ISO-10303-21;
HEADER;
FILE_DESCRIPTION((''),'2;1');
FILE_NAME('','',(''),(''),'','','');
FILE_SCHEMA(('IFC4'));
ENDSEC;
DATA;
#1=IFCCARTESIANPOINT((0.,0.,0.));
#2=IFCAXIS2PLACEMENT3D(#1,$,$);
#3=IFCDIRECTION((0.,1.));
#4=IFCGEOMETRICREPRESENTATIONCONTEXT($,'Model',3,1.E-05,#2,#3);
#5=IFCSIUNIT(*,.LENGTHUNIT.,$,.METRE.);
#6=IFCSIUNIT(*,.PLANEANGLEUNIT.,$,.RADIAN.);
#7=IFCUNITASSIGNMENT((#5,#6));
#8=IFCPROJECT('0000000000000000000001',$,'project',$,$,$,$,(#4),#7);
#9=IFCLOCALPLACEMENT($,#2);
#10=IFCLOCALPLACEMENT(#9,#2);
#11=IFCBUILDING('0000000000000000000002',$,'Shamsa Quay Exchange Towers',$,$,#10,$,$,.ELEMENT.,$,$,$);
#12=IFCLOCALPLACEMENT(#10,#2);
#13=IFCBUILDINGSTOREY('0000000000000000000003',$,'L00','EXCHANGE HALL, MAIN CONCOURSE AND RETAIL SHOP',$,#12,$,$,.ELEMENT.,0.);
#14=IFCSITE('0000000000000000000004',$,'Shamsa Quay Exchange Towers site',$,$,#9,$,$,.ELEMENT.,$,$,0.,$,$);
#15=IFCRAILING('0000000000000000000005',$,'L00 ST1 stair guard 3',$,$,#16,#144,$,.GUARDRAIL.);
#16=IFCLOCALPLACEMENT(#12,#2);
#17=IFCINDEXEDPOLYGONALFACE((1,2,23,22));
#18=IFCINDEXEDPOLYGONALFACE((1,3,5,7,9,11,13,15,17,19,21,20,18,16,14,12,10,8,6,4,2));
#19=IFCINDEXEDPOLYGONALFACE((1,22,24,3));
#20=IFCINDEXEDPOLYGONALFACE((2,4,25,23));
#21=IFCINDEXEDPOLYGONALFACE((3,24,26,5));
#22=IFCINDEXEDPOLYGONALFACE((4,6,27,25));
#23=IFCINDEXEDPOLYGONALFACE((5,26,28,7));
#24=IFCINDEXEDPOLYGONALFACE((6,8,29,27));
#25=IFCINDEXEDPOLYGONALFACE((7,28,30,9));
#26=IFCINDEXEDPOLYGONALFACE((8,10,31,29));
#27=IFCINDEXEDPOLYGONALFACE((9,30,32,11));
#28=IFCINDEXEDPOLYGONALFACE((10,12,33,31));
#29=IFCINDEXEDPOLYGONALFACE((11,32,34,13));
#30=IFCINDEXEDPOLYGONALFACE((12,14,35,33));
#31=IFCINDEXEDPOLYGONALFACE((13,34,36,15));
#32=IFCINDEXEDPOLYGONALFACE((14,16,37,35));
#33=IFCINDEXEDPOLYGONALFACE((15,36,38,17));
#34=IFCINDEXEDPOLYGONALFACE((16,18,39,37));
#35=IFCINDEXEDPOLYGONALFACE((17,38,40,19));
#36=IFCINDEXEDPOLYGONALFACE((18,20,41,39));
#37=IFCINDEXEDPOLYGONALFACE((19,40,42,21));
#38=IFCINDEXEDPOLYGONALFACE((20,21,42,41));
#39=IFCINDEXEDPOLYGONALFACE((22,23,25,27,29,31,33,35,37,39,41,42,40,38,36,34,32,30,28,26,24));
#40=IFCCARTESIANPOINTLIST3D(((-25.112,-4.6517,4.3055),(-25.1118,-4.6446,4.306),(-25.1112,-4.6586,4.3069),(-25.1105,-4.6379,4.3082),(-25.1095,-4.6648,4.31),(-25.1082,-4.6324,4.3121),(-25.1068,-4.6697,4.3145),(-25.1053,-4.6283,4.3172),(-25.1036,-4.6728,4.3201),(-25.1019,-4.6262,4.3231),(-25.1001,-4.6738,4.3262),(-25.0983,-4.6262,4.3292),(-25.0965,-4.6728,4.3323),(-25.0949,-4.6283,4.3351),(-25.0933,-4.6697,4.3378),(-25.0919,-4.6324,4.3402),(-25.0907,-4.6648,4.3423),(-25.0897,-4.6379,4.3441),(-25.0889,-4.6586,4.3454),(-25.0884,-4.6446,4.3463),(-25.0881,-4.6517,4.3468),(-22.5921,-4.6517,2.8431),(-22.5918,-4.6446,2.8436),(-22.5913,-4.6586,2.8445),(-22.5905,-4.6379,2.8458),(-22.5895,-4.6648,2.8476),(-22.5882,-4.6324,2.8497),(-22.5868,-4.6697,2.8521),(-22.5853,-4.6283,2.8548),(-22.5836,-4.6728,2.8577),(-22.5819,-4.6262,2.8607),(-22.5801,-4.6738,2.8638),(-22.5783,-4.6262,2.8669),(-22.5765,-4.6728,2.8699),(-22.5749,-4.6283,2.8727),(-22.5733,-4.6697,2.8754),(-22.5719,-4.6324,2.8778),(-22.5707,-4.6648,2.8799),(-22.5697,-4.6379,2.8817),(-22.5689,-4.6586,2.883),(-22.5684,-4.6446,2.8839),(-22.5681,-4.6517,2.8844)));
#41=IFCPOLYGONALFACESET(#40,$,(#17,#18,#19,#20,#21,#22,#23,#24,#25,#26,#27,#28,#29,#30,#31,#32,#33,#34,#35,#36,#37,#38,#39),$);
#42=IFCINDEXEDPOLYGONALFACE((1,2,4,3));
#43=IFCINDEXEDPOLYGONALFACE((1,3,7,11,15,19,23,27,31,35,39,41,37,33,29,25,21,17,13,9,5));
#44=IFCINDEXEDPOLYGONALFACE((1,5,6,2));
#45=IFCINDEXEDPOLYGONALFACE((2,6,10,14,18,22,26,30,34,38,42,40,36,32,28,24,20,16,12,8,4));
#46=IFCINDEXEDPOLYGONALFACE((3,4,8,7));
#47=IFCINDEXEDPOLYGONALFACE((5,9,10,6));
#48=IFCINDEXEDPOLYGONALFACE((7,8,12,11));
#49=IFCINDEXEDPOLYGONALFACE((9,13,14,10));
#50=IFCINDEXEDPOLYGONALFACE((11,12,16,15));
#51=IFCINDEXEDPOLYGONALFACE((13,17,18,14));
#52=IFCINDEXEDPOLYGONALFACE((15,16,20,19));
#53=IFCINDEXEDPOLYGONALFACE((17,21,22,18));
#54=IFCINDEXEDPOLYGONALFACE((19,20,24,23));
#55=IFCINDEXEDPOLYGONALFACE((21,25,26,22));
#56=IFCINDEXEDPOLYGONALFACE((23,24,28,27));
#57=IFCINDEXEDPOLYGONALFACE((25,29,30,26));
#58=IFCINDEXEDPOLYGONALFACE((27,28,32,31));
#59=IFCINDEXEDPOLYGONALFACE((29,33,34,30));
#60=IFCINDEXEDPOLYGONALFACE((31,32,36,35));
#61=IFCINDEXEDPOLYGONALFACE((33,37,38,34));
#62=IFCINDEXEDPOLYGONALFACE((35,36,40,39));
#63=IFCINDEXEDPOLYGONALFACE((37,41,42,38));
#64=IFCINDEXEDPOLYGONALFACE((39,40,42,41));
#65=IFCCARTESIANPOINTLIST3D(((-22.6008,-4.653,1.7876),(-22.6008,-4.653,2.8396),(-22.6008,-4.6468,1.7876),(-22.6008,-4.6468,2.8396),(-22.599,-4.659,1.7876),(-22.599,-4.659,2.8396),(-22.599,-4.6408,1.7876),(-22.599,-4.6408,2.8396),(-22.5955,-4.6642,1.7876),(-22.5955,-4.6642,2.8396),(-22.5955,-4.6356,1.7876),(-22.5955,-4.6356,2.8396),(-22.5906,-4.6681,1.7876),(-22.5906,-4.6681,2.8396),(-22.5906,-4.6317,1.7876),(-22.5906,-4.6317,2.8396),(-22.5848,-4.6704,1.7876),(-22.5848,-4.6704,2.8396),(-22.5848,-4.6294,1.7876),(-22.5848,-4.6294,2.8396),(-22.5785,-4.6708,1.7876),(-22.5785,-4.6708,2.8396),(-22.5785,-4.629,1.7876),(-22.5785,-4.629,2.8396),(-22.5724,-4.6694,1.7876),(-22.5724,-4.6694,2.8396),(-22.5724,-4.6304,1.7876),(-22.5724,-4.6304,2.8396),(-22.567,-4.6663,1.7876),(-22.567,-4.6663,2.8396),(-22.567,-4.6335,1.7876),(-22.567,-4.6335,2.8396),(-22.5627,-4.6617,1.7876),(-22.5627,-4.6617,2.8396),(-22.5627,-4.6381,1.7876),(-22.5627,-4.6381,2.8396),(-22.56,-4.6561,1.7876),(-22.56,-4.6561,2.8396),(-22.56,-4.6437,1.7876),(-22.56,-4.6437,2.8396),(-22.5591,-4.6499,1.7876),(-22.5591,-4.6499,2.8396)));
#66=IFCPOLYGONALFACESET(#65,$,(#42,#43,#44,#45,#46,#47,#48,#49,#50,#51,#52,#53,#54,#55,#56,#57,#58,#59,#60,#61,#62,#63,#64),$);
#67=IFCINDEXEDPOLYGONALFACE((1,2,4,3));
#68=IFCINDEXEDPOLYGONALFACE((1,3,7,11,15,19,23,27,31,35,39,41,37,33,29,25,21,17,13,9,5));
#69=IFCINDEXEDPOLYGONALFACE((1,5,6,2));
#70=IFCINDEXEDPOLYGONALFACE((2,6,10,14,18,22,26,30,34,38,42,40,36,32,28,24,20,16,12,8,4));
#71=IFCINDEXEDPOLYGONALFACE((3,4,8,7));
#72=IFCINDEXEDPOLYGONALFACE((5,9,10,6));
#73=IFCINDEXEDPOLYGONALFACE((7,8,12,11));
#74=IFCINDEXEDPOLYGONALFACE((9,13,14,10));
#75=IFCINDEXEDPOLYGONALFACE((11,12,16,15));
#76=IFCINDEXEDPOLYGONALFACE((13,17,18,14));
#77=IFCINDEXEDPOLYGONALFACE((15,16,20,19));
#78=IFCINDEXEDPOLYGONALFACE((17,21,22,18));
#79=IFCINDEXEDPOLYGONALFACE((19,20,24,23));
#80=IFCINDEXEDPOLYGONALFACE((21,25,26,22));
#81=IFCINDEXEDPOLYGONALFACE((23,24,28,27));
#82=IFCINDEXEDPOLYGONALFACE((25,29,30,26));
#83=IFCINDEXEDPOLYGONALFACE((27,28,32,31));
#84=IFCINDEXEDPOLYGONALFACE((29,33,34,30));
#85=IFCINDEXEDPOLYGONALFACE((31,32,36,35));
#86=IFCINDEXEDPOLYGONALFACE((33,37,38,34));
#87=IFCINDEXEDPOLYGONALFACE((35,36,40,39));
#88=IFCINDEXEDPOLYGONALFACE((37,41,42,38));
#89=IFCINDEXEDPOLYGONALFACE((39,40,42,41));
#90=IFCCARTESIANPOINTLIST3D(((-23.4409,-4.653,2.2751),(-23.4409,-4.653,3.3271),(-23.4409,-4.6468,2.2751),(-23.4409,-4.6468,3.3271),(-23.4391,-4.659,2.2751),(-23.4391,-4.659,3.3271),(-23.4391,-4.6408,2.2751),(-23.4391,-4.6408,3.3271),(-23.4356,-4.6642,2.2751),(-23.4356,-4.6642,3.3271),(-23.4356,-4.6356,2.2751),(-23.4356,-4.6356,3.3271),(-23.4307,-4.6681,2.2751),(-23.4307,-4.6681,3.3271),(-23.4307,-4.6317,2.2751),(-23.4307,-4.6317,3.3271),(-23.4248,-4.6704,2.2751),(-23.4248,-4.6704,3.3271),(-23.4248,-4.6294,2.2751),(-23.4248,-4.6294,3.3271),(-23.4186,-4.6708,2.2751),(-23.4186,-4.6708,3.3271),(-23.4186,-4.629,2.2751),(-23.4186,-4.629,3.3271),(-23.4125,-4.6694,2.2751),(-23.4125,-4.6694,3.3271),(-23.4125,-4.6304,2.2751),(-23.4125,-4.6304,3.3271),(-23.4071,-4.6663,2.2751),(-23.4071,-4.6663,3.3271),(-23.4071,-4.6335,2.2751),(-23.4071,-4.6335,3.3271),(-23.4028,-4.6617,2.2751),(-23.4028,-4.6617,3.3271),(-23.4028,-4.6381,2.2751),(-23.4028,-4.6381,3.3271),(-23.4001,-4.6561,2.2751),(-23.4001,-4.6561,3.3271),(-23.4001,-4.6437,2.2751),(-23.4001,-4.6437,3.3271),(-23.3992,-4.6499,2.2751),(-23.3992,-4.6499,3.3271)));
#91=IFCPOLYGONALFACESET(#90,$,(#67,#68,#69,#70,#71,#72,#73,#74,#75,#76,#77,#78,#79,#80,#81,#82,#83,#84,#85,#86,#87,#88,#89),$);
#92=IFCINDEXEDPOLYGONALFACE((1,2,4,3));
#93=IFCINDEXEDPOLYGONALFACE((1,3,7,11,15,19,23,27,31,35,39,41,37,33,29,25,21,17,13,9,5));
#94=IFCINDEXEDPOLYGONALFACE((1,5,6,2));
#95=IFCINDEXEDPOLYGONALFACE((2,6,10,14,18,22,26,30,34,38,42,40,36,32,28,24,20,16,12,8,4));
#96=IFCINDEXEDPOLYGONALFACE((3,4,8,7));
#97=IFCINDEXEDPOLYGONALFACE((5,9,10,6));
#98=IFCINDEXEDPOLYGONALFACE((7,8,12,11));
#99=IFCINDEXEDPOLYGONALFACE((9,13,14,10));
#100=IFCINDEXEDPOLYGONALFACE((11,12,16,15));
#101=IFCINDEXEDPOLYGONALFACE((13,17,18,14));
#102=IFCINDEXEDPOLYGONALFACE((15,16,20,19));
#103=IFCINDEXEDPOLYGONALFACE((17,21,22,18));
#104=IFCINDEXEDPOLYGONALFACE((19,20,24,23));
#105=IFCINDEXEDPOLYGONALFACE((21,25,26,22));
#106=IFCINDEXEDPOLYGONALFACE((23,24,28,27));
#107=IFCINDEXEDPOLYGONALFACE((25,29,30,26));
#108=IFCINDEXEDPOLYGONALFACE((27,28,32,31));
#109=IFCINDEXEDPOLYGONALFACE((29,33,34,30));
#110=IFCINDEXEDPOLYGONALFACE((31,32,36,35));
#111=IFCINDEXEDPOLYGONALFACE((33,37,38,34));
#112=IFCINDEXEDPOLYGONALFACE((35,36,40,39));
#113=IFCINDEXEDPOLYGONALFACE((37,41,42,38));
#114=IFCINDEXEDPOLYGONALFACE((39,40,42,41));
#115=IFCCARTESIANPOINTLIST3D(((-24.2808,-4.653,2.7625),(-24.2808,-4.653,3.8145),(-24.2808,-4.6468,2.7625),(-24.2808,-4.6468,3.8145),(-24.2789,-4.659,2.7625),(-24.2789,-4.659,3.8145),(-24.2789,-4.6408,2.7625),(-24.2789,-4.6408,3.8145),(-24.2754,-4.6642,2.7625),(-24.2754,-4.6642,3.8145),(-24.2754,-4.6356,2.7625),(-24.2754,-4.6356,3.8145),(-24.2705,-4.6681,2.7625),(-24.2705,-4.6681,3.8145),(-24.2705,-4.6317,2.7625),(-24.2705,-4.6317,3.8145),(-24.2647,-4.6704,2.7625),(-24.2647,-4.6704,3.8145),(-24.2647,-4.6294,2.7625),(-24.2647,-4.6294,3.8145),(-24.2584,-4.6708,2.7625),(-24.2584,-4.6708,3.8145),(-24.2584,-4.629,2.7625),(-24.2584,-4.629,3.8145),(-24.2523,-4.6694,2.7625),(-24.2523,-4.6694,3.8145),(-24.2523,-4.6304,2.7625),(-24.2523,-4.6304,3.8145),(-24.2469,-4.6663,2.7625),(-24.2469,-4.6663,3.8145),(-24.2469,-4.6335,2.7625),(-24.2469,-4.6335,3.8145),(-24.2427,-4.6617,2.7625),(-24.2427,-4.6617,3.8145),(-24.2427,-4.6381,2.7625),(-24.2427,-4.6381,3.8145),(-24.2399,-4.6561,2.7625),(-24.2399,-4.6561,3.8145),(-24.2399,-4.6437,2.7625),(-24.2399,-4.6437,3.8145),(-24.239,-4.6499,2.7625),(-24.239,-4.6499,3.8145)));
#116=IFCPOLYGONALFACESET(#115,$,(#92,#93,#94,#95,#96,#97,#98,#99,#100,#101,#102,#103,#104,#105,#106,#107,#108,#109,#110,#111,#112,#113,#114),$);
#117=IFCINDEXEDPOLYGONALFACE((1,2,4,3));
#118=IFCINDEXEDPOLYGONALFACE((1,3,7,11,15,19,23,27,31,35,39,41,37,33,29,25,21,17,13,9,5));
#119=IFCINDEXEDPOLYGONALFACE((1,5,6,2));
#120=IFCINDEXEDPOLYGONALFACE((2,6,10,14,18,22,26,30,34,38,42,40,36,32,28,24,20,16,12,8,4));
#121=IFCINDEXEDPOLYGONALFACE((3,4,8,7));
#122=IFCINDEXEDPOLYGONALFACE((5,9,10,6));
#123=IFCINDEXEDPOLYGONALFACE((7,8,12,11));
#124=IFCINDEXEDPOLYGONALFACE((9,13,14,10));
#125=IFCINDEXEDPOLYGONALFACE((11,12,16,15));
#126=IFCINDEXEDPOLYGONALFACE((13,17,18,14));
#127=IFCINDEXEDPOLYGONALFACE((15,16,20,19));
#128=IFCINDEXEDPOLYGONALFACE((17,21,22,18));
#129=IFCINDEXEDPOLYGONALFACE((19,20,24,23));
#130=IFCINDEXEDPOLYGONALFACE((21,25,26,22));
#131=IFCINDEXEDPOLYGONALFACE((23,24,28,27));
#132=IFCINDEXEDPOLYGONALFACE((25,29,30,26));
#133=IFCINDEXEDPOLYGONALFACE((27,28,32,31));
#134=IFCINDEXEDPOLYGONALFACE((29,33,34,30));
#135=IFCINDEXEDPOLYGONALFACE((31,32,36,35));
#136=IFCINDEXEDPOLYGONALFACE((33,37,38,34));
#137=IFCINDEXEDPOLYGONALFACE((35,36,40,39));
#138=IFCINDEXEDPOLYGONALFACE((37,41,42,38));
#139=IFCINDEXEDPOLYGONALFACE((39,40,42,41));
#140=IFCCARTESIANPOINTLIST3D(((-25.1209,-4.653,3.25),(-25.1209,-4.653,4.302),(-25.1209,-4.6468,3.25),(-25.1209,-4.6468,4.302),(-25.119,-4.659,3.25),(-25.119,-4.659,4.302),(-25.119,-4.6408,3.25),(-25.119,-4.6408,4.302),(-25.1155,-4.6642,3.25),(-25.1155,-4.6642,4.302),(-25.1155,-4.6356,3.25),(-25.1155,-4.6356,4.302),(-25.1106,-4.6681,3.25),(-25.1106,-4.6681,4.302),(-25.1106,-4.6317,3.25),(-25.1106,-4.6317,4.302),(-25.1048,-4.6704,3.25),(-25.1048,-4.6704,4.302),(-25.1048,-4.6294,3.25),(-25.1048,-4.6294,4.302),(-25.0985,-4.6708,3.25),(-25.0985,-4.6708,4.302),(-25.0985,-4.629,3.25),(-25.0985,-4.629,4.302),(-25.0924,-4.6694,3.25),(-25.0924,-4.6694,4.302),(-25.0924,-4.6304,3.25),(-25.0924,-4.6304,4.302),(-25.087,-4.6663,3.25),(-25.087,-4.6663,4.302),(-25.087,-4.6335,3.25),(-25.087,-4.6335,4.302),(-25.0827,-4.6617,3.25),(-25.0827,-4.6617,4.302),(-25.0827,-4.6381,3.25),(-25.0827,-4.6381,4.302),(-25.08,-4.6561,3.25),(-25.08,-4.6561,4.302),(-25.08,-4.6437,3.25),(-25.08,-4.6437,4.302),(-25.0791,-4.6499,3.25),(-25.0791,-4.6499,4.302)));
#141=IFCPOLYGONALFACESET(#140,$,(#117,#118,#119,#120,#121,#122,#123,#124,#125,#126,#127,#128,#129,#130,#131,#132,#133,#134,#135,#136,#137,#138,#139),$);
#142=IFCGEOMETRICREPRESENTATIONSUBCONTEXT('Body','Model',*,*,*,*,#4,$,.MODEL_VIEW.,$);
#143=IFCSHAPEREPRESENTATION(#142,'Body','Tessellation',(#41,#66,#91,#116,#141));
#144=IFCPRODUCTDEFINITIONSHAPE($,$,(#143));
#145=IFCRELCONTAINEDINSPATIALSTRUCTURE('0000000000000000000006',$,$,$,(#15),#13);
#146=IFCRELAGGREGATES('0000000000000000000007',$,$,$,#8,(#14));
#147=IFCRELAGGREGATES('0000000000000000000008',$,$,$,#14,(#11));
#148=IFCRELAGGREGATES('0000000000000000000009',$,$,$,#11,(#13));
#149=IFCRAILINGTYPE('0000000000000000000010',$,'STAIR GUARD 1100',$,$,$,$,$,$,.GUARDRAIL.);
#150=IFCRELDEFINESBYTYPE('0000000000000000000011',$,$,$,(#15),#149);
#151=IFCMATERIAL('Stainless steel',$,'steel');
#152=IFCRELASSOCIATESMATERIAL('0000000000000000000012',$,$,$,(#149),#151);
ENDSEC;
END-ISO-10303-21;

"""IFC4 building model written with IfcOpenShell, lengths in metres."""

from ifc_helpers import new_model, si_unit, direction, frame, origin, origin_2d, place, context, subcontext, project, spatial, circle, extrude, material, type_object, element, save


model = new_model("IFC4")

# Units and contexts
model_context = context("Model", 3, precision=1e-05, world=origin(), true_north=direction((0.0, 1.0)))
body_context = subcontext(model_context, "Body", "Model", "MODEL_VIEW")
ifc_project = project(units=[si_unit("LENGTHUNIT", "METRE"), si_unit("PLANEANGLEUNIT", "RADIAN")], contexts=[model_context])

# Site, building, storey
site_placement = place(None, origin())
site = spatial("IfcSite", under=ifc_project, at=site_placement, Name="Shamsa Quay Exchange Towers site", CompositionType="ELEMENT", RefElevation=0.0)
building_placement = place(site_placement, origin())
building = spatial("IfcBuilding", under=site, at=building_placement, Name="Shamsa Quay Exchange Towers", CompositionType="ELEMENT")
storey_placement = place(building_placement, origin())
storey = spatial("IfcBuildingStorey", under=building, at=storey_placement, Name="L00", Description="EXCHANGE HALL, MAIN CONCOURSE AND RETAIL SHOP", CompositionType="ELEMENT", Elevation=0.0)

# Railing
ifc_material_1 = material(Name="Stainless steel", Category="steel")
railing_type_1 = type_object("IfcRailingType", Name="STAIR GUARD 1100", PredefinedType="GUARDRAIL", material=ifc_material_1)
railing_1_placement = place(storey_placement, frame((-22.5801, -4.6499, 1.7876)))
element("IfcRailing", 1, at=railing_1_placement, inside=storey, type_object=railing_type_1, Name="L00 ST1 stair guard 3", PredefinedType="GUARDRAIL", context=body_context, shape_type="SweptSolid", body=[
    extrude(circle(Radius=0.0239, at=origin_2d()), frame((0.0, 0.0, 1.0762), z_axis=(-0.864913, 0.0, 0.501921), x_axis=(0.0, -1.0, 0.0)), (0.0, 0.0, 1.0), 2.9136),
    extrude(circle(Radius=0.021, at=origin_2d()), origin(), (0.0, 0.0, 1.0), 1.052),
    extrude(circle(Radius=0.021, at=origin_2d()), frame((-0.8401, 0.0, 0.4875)), (0.0, 0.0, 1.0), 1.052),
    extrude(circle(Radius=0.021, at=origin_2d()), frame((-1.6799, 0.0, 0.9749)), (0.0, 0.0, 1.0), 1.052),
    extrude(circle(Radius=0.021, at=origin_2d()), frame((-2.52, 0.0, 1.4624)), (0.0, 0.0, 1.0), 1.052),
])

save(model, "model.ifc")
